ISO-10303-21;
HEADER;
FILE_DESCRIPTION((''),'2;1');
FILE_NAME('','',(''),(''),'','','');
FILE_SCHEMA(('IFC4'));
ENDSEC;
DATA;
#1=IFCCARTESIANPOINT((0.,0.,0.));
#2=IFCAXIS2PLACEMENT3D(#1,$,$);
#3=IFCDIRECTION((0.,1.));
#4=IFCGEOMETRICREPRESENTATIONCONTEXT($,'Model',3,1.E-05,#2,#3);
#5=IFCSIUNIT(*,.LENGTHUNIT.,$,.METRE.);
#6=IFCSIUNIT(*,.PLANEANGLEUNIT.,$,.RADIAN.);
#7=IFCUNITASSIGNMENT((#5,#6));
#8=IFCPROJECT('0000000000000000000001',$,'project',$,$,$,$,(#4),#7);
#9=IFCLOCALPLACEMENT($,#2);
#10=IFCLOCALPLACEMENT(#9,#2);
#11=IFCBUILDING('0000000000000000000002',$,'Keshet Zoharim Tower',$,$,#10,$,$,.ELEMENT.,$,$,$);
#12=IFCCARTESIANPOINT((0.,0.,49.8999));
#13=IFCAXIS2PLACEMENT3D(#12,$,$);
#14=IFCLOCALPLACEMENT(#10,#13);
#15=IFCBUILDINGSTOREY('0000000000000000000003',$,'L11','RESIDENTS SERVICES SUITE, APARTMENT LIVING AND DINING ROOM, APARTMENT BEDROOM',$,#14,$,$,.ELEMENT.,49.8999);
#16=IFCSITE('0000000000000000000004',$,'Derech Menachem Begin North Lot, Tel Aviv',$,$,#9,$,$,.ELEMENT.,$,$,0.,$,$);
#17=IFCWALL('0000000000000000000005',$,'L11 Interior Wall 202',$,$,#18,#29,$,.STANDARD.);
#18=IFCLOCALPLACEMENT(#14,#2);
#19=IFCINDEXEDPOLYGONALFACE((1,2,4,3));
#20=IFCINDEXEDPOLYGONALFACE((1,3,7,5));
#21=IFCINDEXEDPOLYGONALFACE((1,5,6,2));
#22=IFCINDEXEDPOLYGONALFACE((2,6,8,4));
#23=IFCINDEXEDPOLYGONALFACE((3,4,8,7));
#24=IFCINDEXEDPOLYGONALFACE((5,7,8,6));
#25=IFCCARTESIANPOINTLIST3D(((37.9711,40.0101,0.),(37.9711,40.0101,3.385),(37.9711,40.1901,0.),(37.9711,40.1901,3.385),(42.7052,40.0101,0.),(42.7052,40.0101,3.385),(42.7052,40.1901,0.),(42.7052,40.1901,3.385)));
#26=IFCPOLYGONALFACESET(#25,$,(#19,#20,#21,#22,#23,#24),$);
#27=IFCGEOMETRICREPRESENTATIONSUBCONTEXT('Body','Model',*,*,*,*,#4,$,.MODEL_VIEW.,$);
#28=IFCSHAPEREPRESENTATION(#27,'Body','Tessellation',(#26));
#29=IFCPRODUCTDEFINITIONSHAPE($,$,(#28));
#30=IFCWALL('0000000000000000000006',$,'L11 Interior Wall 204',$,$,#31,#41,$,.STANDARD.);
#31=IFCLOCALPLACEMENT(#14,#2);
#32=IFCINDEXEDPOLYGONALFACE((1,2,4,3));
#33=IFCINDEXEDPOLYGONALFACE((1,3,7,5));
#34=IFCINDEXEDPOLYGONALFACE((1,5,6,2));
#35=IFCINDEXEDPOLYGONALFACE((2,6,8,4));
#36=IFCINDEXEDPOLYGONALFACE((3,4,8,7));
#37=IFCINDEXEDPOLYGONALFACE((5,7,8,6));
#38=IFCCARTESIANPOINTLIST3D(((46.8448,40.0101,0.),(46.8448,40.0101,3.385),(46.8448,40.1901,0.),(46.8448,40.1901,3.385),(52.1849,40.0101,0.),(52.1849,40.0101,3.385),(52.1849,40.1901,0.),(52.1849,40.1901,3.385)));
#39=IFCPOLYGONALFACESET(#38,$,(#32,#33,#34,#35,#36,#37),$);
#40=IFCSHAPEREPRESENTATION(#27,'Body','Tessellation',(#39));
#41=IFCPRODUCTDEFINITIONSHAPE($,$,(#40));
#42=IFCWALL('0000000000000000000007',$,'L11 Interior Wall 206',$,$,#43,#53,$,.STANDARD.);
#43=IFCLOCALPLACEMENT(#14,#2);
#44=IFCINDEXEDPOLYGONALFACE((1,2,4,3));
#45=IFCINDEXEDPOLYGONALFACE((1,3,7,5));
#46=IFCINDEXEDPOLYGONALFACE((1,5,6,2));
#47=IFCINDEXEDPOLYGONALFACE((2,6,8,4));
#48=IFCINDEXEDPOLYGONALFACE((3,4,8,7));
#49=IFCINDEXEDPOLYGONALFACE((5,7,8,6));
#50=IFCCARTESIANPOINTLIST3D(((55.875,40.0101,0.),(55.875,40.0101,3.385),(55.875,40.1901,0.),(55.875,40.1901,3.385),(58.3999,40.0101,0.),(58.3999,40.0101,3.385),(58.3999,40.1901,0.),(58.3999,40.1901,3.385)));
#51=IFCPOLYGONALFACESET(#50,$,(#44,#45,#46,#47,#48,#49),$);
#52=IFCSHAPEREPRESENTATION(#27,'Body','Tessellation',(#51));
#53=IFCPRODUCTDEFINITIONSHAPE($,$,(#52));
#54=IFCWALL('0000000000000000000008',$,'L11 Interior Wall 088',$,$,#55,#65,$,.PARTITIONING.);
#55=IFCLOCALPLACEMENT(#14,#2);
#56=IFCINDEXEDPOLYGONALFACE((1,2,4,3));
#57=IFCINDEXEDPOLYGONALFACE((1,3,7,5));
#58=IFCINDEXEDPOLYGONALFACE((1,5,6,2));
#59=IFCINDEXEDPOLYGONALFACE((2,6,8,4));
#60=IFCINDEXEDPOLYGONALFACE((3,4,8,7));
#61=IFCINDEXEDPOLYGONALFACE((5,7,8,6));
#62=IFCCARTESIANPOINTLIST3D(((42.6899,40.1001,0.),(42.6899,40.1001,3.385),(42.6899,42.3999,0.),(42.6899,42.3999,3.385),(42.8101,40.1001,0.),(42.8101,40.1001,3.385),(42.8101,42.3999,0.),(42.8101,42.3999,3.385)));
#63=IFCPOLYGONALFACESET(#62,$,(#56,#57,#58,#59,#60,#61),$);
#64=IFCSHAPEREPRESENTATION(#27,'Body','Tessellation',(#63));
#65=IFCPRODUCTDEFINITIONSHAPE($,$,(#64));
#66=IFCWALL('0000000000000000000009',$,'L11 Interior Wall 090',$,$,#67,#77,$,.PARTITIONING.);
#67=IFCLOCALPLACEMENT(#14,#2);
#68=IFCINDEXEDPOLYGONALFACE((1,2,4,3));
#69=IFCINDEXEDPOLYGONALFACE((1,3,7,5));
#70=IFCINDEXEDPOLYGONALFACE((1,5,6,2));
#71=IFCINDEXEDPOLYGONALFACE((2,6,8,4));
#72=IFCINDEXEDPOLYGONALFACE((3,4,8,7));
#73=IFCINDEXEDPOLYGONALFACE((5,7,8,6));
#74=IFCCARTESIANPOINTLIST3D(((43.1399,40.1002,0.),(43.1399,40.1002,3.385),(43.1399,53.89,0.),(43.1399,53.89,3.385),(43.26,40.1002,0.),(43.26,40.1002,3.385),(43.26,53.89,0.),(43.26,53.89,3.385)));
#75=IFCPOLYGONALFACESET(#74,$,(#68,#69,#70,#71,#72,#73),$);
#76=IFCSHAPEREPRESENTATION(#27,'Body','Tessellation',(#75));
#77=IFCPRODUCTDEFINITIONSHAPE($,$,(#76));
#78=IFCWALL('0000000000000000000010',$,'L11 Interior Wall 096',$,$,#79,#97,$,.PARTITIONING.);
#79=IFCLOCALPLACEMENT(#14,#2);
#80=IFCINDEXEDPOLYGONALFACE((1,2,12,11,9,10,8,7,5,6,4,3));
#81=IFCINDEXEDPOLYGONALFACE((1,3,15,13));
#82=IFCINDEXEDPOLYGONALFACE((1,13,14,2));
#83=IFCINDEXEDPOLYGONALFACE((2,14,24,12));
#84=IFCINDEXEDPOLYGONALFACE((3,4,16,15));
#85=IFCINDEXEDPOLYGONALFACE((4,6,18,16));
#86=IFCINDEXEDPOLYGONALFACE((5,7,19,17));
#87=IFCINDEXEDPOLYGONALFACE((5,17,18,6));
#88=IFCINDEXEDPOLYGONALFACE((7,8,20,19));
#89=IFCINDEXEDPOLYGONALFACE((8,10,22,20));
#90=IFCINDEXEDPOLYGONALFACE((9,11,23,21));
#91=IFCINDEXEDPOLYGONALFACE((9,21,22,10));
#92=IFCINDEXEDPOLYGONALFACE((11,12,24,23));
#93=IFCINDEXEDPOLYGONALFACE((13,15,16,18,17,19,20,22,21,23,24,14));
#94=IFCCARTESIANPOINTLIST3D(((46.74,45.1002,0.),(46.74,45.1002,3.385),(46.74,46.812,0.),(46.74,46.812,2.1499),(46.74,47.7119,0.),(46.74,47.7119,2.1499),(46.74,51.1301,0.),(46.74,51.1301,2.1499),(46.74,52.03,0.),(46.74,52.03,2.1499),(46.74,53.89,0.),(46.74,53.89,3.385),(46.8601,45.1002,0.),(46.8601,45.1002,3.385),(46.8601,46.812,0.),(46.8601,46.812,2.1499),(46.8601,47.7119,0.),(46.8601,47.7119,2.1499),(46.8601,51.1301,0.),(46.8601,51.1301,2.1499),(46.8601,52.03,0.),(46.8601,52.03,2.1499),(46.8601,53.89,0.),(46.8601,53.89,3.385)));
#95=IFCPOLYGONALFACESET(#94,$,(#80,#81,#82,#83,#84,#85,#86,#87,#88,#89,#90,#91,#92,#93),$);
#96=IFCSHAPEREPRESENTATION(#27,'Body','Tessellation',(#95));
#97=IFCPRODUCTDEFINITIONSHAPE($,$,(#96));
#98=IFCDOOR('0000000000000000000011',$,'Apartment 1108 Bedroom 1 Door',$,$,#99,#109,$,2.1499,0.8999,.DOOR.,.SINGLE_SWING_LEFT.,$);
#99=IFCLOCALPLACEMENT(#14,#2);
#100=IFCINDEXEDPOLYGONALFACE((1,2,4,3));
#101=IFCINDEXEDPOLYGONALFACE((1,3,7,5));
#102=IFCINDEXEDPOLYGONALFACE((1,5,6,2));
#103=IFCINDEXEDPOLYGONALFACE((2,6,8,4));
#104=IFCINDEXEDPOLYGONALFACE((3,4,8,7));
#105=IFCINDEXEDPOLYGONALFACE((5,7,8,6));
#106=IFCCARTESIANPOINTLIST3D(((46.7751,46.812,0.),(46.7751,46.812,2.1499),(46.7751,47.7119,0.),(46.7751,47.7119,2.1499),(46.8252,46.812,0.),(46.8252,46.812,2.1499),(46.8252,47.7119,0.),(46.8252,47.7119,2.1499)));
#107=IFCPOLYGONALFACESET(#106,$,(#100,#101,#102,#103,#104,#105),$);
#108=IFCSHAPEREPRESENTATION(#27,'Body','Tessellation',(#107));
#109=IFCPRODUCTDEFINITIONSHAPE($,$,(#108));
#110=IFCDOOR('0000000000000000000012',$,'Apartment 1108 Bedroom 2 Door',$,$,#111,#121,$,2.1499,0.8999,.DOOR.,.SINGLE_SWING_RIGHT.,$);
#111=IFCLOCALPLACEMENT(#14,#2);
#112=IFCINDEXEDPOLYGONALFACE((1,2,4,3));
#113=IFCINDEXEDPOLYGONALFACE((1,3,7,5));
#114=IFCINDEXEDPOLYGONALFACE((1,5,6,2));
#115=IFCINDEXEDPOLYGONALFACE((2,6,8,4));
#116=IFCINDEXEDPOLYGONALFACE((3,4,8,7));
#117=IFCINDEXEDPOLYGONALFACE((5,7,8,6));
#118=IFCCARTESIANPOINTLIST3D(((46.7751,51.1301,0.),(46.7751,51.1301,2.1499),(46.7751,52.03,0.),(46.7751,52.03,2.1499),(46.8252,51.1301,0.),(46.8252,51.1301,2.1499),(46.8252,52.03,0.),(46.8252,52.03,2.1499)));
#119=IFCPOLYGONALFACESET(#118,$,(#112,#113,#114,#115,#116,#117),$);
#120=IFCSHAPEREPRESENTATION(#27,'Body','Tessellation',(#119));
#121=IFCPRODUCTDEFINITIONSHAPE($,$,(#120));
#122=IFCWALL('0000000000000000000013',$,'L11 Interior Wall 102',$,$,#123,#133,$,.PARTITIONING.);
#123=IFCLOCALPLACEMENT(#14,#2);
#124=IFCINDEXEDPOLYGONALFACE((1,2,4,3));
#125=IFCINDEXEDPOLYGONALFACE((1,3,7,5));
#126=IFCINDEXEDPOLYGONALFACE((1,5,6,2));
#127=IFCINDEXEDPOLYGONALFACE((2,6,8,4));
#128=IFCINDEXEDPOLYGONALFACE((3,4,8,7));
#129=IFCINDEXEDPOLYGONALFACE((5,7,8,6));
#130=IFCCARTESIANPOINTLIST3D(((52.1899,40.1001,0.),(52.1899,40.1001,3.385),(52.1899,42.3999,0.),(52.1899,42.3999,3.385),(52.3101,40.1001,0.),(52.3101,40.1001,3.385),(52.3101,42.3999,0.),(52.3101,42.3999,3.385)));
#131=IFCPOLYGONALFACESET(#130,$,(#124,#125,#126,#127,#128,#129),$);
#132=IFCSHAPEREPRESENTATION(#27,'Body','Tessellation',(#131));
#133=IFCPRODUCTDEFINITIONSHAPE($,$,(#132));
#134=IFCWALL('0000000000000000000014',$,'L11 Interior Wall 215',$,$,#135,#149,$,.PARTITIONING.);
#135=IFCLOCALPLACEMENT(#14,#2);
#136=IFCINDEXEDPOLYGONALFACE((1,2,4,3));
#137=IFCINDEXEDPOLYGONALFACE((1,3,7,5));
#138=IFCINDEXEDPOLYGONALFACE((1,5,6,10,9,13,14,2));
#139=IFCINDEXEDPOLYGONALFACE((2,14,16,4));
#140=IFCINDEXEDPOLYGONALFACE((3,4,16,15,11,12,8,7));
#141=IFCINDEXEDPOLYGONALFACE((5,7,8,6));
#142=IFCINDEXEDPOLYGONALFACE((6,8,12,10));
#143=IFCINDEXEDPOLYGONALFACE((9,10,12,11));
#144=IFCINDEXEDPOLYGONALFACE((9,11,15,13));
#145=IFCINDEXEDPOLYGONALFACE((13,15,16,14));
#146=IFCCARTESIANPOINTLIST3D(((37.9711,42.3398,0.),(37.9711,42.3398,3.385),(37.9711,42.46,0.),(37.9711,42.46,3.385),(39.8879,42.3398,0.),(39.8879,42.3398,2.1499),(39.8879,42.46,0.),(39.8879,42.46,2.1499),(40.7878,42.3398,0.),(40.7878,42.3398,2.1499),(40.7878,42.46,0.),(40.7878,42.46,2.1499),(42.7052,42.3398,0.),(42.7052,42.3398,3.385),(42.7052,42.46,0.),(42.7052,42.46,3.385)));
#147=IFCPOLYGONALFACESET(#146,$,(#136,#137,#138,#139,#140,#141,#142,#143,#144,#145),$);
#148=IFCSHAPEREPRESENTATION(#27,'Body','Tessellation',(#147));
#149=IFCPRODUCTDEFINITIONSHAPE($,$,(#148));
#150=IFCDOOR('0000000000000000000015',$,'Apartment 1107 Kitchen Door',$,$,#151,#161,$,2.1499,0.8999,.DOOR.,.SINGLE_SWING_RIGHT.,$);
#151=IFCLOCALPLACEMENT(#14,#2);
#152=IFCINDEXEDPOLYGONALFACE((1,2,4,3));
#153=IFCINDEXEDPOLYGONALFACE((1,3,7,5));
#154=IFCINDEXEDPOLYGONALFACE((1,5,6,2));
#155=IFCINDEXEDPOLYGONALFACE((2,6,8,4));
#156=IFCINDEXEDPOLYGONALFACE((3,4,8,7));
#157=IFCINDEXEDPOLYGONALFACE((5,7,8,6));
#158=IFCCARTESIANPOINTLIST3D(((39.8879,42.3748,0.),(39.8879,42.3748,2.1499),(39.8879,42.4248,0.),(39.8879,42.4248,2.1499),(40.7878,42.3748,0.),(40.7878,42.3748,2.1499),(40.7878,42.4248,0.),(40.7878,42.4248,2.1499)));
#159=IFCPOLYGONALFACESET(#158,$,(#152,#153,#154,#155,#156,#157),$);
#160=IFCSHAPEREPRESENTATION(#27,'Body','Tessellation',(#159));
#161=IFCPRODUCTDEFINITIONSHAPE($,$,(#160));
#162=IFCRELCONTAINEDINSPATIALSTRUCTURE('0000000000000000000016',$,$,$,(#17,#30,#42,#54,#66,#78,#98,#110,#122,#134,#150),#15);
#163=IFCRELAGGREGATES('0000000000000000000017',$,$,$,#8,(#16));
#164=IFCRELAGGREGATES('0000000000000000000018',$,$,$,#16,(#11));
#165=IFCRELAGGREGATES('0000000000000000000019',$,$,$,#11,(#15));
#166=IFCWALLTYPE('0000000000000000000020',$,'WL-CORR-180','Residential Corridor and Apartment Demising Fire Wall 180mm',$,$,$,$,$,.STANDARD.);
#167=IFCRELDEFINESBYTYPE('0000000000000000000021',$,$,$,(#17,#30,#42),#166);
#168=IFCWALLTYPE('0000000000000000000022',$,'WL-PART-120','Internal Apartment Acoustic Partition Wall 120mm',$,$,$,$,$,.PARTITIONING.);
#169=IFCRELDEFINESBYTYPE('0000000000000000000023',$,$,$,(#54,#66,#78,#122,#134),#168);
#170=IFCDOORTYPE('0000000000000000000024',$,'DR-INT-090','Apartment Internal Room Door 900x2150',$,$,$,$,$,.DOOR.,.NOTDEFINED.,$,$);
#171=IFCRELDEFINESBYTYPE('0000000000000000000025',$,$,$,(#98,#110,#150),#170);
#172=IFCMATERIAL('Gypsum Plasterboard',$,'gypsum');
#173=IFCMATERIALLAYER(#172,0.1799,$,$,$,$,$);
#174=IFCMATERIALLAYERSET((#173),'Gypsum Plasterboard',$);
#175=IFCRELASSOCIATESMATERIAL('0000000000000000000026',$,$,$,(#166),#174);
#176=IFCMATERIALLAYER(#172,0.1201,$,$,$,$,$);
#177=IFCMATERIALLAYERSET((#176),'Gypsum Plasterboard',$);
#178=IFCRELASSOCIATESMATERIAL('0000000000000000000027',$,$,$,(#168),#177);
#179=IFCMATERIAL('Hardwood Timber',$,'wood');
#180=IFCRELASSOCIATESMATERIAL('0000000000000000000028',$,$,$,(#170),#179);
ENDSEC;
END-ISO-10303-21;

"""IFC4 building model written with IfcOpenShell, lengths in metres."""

from ifc_helpers import new_model, si_unit, direction, frame, frame_2d, origin, place, context, subcontext, project, spatial, rectangle, extrude, material, layer, layer_set, type_object, element, fill, save


model = new_model("IFC4")

# Units and contexts
model_context = context("Model", 3, precision=1e-05, world=origin(), true_north=direction((0.0, 1.0)))
body_context = subcontext(model_context, "Body", "Model", "MODEL_VIEW")
ifc_project = project(units=[si_unit("LENGTHUNIT", "METRE"), si_unit("PLANEANGLEUNIT", "RADIAN")], contexts=[model_context])

# Site, building, storey
site_placement = place(None, origin())
site = spatial("IfcSite", under=ifc_project, at=site_placement, Name="Derech Menachem Begin North Lot, Tel Aviv", CompositionType="ELEMENT", RefElevation=0.0)
building_placement = place(site_placement, origin())
building = spatial("IfcBuilding", under=site, at=building_placement, Name="Keshet Zoharim Tower", CompositionType="ELEMENT")
storey_placement = place(building_placement, frame((0.0, 0.0, 49.8999)))
storey = spatial("IfcBuildingStorey", under=building, at=storey_placement, Name="L11", Description="RESIDENTS SERVICES SUITE, APARTMENT LIVING AND DINING ROOM, APARTMENT BEDROOM", CompositionType="ELEMENT", Elevation=49.8999)

# Wall
ifc_material_1 = material(Name="Gypsum Plasterboard", Category="gypsum")
ifc_layer_1 = layer(ifc_material_1, 0.1799)
ifc_layer_set_1 = layer_set([ifc_layer_1], Name="Gypsum Plasterboard")
wall_type_1 = type_object("IfcWallType", Name="WL-CORR-180", Description="Residential Corridor and Apartment Demising Fire Wall 180mm", PredefinedType="STANDARD", material=ifc_layer_set_1)
wall_1_placement = place(storey_placement, frame((37.9709, 40.1001, 0.0), z_axis=(0.0, 0.0, 1.0), x_axis=(1.0, 0.0, 0.0)))
element("IfcWall", 1, at=wall_1_placement, inside=storey, type_object=wall_type_1, Name="L11 Interior Wall 202", PredefinedType="STANDARD", context=body_context, shape_type="SweptSolid", body=[
    extrude(rectangle(XDim=4.7341, YDim=0.1799, at=frame_2d((2.3672, 0.0))), origin(), (0.0, 0.0, 1.0), 3.385),
])

# Shared definitions
ifc_material_2 = material(Name="Hardwood Timber", Category="wood")

# Wall
wall_2_placement = place(storey_placement, frame((46.845, 40.1001, 0.0), z_axis=(0.0, 0.0, 1.0), x_axis=(1.0, 0.0, 0.0)))
element("IfcWall", 2, at=wall_2_placement, inside=storey, type_object=wall_type_1, Name="L11 Interior Wall 204", PredefinedType="STANDARD", context=body_context, shape_type="SweptSolid", body=[
    extrude(rectangle(XDim=5.3401, YDim=0.1799, at=frame_2d((2.6699, 0.0))), origin(), (0.0, 0.0, 1.0), 3.385),
])

# Walls
wall_3_placement = place(storey_placement, frame((55.875, 40.1001, 0.0), z_axis=(0.0, 0.0, 1.0), x_axis=(1.0, 0.0, 0.0)))
element("IfcWall", 3, at=wall_3_placement, inside=storey, type_object=wall_type_1, Name="L11 Interior Wall 206", PredefinedType="STANDARD", context=body_context, shape_type="SweptSolid", body=[
    extrude(rectangle(XDim=2.5249, YDim=0.1799, at=frame_2d((1.2625, 0.0))), origin(), (0.0, 0.0, 1.0), 3.385),
])
ifc_layer_2 = layer(ifc_material_1, 0.1201)
ifc_layer_set_2 = layer_set([ifc_layer_2], Name="Gypsum Plasterboard")
wall_type_2 = type_object("IfcWallType", Name="WL-PART-120", Description="Internal Apartment Acoustic Partition Wall 120mm", PredefinedType="PARTITIONING", material=ifc_layer_set_2)
wall_4_placement = place(storey_placement, frame((42.75, 40.1001, 0.0), z_axis=(0.0, 0.0, 1.0), x_axis=(0.0, 1.0, 0.0)))
element("IfcWall", 4, at=wall_4_placement, inside=storey, type_object=wall_type_2, Name="L11 Interior Wall 088", PredefinedType="PARTITIONING", context=body_context, shape_type="SweptSolid", body=[
    extrude(rectangle(XDim=2.2998, YDim=0.1201, at=frame_2d((1.1499, 0.0))), origin(), (0.0, 0.0, 1.0), 3.385),
])
wall_5_placement = place(storey_placement, frame((43.2, 40.1001, 0.0), z_axis=(0.0, 0.0, 1.0), x_axis=(0.0, 1.0, 0.0)))
element("IfcWall", 5, at=wall_5_placement, inside=storey, type_object=wall_type_2, Name="L11 Interior Wall 090", PredefinedType="PARTITIONING", context=body_context, shape_type="SweptSolid", body=[
    extrude(rectangle(XDim=13.7898, YDim=0.1201, at=frame_2d((6.895, 0.0))), origin(), (0.0, 0.0, 1.0), 3.385),
])

# Shared definitions
door_type_1 = type_object("IfcDoorType", Name="DR-INT-090", Description="Apartment Internal Room Door 900x2150", OperationType="NOTDEFINED", PredefinedType="DOOR", material=ifc_material_2)

# Wall, openings, doors
wall_6_placement = place(storey_placement, frame((46.8, 45.1001, 0.0), z_axis=(0.0, 0.0, 1.0), x_axis=(0.0, 1.0, 0.0)))
wall_6 = element("IfcWall", 6, at=wall_6_placement, inside=storey, type_object=wall_type_2, Name="L11 Interior Wall 096", PredefinedType="PARTITIONING", context=body_context, shape_type="SweptSolid", body=[
    extrude(rectangle(XDim=8.7898, YDim=0.1201, at=frame_2d((4.395, 0.0))), origin(), (0.0, 0.0, 1.0), 3.385),
])
opening_1_placement = place(wall_6_placement, frame((1.7119, 0.0, 0.0)))
opening_1 = element("IfcOpeningElement", 7, at=opening_1_placement, cuts=wall_6, PredefinedType="OPENING", context=body_context, shape_type="SweptSolid", body=[
    extrude(rectangle(XDim=0.8999, YDim=2.1499, at=frame_2d((0.45, 1.075))), frame((0.0, 0.0701, 0.0), z_axis=(0.0, -1.0, 0.0), x_axis=(1.0, 0.0, 0.0)), (0.0, 0.0, 1.0), 0.1401),
])
opening_2_placement = place(wall_6_placement, frame((6.03, 0.0, 0.0)))
opening_2 = element("IfcOpeningElement", 8, at=opening_2_placement, cuts=wall_6, PredefinedType="OPENING", context=body_context, shape_type="SweptSolid", body=[
    extrude(rectangle(XDim=0.8999, YDim=2.1499, at=frame_2d((0.45, 1.075))), frame((0.0, 0.0701, 0.0), z_axis=(0.0, -1.0, 0.0), x_axis=(1.0, 0.0, 0.0)), (0.0, 0.0, 1.0), 0.1401),
])
door_1_placement = place(opening_1_placement, origin())
door_1 = element("IfcDoor", 9, at=door_1_placement, inside=storey, type_object=door_type_1, Name="Apartment 1108 Bedroom 1 Door", OperationType="SINGLE_SWING_LEFT", OverallHeight=2.1499, OverallWidth=0.8999, PredefinedType="DOOR", context=body_context, shape_type="SweptSolid", body=[
    extrude(rectangle(XDim=0.8999, YDim=2.1499, at=frame_2d((0.45, 1.075))), frame((0.0, 0.0249, 0.0), z_axis=(0.0, -1.0, 0.0), x_axis=(1.0, 0.0, 0.0)), (0.0, 0.0, 1.0), 0.05),
])
fill(opening_1, door_1)
door_2_placement = place(opening_2_placement, origin())
door_2 = element("IfcDoor", 10, at=door_2_placement, inside=storey, type_object=door_type_1, Name="Apartment 1108 Bedroom 2 Door", OperationType="SINGLE_SWING_RIGHT", OverallHeight=2.1499, OverallWidth=0.8999, PredefinedType="DOOR", context=body_context, shape_type="SweptSolid", body=[
    extrude(rectangle(XDim=0.8999, YDim=2.1499, at=frame_2d((0.45, 1.075))), frame((0.0, 0.0249, 0.0), z_axis=(0.0, -1.0, 0.0), x_axis=(1.0, 0.0, 0.0)), (0.0, 0.0, 1.0), 0.05),
])
fill(opening_2, door_2)

# Wall
wall_7_placement = place(storey_placement, frame((52.25, 40.1001, 0.0), z_axis=(0.0, 0.0, 1.0), x_axis=(0.0, 1.0, 0.0)))
element("IfcWall", 11, at=wall_7_placement, inside=storey, type_object=wall_type_2, Name="L11 Interior Wall 102", PredefinedType="PARTITIONING", context=body_context, shape_type="SweptSolid", body=[
    extrude(rectangle(XDim=2.2998, YDim=0.1201, at=frame_2d((1.1499, 0.0))), origin(), (0.0, 0.0, 1.0), 3.385),
])

# Wall, opening, door
wall_8_placement = place(storey_placement, frame((37.9709, 42.3999, 0.0), z_axis=(0.0, 0.0, 1.0), x_axis=(1.0, 0.0, 0.0)))
wall_8 = element("IfcWall", 12, at=wall_8_placement, inside=storey, type_object=wall_type_2, Name="L11 Interior Wall 215", PredefinedType="PARTITIONING", context=body_context, shape_type="SweptSolid", body=[
    extrude(rectangle(XDim=4.7341, YDim=0.1201, at=frame_2d((2.3672, 0.0))), origin(), (0.0, 0.0, 1.0), 3.385),
])
opening_3_placement = place(wall_8_placement, frame((1.917, 0.0, 0.0)))
opening_3 = element("IfcOpeningElement", 13, at=opening_3_placement, cuts=wall_8, PredefinedType="OPENING", context=body_context, shape_type="SweptSolid", body=[
    extrude(rectangle(XDim=0.8999, YDim=2.1499, at=frame_2d((0.45, 1.075))), frame((0.0, 0.0701, 0.0), z_axis=(0.0, -1.0, 0.0), x_axis=(1.0, 0.0, 0.0)), (0.0, 0.0, 1.0), 0.1401),
])
door_3_placement = place(opening_3_placement, origin())
door_3 = element("IfcDoor", 14, at=door_3_placement, inside=storey, type_object=door_type_1, Name="Apartment 1107 Kitchen Door", OperationType="SINGLE_SWING_RIGHT", OverallHeight=2.1499, OverallWidth=0.8999, PredefinedType="DOOR", context=body_context, shape_type="SweptSolid", body=[
    extrude(rectangle(XDim=0.8999, YDim=2.1499, at=frame_2d((0.45, 1.075))), frame((0.0, 0.0249, 0.0), z_axis=(0.0, -1.0, 0.0), x_axis=(1.0, 0.0, 0.0)), (0.0, 0.0, 1.0), 0.05),
])
fill(opening_3, door_3)

save(model, "model.ifc")
